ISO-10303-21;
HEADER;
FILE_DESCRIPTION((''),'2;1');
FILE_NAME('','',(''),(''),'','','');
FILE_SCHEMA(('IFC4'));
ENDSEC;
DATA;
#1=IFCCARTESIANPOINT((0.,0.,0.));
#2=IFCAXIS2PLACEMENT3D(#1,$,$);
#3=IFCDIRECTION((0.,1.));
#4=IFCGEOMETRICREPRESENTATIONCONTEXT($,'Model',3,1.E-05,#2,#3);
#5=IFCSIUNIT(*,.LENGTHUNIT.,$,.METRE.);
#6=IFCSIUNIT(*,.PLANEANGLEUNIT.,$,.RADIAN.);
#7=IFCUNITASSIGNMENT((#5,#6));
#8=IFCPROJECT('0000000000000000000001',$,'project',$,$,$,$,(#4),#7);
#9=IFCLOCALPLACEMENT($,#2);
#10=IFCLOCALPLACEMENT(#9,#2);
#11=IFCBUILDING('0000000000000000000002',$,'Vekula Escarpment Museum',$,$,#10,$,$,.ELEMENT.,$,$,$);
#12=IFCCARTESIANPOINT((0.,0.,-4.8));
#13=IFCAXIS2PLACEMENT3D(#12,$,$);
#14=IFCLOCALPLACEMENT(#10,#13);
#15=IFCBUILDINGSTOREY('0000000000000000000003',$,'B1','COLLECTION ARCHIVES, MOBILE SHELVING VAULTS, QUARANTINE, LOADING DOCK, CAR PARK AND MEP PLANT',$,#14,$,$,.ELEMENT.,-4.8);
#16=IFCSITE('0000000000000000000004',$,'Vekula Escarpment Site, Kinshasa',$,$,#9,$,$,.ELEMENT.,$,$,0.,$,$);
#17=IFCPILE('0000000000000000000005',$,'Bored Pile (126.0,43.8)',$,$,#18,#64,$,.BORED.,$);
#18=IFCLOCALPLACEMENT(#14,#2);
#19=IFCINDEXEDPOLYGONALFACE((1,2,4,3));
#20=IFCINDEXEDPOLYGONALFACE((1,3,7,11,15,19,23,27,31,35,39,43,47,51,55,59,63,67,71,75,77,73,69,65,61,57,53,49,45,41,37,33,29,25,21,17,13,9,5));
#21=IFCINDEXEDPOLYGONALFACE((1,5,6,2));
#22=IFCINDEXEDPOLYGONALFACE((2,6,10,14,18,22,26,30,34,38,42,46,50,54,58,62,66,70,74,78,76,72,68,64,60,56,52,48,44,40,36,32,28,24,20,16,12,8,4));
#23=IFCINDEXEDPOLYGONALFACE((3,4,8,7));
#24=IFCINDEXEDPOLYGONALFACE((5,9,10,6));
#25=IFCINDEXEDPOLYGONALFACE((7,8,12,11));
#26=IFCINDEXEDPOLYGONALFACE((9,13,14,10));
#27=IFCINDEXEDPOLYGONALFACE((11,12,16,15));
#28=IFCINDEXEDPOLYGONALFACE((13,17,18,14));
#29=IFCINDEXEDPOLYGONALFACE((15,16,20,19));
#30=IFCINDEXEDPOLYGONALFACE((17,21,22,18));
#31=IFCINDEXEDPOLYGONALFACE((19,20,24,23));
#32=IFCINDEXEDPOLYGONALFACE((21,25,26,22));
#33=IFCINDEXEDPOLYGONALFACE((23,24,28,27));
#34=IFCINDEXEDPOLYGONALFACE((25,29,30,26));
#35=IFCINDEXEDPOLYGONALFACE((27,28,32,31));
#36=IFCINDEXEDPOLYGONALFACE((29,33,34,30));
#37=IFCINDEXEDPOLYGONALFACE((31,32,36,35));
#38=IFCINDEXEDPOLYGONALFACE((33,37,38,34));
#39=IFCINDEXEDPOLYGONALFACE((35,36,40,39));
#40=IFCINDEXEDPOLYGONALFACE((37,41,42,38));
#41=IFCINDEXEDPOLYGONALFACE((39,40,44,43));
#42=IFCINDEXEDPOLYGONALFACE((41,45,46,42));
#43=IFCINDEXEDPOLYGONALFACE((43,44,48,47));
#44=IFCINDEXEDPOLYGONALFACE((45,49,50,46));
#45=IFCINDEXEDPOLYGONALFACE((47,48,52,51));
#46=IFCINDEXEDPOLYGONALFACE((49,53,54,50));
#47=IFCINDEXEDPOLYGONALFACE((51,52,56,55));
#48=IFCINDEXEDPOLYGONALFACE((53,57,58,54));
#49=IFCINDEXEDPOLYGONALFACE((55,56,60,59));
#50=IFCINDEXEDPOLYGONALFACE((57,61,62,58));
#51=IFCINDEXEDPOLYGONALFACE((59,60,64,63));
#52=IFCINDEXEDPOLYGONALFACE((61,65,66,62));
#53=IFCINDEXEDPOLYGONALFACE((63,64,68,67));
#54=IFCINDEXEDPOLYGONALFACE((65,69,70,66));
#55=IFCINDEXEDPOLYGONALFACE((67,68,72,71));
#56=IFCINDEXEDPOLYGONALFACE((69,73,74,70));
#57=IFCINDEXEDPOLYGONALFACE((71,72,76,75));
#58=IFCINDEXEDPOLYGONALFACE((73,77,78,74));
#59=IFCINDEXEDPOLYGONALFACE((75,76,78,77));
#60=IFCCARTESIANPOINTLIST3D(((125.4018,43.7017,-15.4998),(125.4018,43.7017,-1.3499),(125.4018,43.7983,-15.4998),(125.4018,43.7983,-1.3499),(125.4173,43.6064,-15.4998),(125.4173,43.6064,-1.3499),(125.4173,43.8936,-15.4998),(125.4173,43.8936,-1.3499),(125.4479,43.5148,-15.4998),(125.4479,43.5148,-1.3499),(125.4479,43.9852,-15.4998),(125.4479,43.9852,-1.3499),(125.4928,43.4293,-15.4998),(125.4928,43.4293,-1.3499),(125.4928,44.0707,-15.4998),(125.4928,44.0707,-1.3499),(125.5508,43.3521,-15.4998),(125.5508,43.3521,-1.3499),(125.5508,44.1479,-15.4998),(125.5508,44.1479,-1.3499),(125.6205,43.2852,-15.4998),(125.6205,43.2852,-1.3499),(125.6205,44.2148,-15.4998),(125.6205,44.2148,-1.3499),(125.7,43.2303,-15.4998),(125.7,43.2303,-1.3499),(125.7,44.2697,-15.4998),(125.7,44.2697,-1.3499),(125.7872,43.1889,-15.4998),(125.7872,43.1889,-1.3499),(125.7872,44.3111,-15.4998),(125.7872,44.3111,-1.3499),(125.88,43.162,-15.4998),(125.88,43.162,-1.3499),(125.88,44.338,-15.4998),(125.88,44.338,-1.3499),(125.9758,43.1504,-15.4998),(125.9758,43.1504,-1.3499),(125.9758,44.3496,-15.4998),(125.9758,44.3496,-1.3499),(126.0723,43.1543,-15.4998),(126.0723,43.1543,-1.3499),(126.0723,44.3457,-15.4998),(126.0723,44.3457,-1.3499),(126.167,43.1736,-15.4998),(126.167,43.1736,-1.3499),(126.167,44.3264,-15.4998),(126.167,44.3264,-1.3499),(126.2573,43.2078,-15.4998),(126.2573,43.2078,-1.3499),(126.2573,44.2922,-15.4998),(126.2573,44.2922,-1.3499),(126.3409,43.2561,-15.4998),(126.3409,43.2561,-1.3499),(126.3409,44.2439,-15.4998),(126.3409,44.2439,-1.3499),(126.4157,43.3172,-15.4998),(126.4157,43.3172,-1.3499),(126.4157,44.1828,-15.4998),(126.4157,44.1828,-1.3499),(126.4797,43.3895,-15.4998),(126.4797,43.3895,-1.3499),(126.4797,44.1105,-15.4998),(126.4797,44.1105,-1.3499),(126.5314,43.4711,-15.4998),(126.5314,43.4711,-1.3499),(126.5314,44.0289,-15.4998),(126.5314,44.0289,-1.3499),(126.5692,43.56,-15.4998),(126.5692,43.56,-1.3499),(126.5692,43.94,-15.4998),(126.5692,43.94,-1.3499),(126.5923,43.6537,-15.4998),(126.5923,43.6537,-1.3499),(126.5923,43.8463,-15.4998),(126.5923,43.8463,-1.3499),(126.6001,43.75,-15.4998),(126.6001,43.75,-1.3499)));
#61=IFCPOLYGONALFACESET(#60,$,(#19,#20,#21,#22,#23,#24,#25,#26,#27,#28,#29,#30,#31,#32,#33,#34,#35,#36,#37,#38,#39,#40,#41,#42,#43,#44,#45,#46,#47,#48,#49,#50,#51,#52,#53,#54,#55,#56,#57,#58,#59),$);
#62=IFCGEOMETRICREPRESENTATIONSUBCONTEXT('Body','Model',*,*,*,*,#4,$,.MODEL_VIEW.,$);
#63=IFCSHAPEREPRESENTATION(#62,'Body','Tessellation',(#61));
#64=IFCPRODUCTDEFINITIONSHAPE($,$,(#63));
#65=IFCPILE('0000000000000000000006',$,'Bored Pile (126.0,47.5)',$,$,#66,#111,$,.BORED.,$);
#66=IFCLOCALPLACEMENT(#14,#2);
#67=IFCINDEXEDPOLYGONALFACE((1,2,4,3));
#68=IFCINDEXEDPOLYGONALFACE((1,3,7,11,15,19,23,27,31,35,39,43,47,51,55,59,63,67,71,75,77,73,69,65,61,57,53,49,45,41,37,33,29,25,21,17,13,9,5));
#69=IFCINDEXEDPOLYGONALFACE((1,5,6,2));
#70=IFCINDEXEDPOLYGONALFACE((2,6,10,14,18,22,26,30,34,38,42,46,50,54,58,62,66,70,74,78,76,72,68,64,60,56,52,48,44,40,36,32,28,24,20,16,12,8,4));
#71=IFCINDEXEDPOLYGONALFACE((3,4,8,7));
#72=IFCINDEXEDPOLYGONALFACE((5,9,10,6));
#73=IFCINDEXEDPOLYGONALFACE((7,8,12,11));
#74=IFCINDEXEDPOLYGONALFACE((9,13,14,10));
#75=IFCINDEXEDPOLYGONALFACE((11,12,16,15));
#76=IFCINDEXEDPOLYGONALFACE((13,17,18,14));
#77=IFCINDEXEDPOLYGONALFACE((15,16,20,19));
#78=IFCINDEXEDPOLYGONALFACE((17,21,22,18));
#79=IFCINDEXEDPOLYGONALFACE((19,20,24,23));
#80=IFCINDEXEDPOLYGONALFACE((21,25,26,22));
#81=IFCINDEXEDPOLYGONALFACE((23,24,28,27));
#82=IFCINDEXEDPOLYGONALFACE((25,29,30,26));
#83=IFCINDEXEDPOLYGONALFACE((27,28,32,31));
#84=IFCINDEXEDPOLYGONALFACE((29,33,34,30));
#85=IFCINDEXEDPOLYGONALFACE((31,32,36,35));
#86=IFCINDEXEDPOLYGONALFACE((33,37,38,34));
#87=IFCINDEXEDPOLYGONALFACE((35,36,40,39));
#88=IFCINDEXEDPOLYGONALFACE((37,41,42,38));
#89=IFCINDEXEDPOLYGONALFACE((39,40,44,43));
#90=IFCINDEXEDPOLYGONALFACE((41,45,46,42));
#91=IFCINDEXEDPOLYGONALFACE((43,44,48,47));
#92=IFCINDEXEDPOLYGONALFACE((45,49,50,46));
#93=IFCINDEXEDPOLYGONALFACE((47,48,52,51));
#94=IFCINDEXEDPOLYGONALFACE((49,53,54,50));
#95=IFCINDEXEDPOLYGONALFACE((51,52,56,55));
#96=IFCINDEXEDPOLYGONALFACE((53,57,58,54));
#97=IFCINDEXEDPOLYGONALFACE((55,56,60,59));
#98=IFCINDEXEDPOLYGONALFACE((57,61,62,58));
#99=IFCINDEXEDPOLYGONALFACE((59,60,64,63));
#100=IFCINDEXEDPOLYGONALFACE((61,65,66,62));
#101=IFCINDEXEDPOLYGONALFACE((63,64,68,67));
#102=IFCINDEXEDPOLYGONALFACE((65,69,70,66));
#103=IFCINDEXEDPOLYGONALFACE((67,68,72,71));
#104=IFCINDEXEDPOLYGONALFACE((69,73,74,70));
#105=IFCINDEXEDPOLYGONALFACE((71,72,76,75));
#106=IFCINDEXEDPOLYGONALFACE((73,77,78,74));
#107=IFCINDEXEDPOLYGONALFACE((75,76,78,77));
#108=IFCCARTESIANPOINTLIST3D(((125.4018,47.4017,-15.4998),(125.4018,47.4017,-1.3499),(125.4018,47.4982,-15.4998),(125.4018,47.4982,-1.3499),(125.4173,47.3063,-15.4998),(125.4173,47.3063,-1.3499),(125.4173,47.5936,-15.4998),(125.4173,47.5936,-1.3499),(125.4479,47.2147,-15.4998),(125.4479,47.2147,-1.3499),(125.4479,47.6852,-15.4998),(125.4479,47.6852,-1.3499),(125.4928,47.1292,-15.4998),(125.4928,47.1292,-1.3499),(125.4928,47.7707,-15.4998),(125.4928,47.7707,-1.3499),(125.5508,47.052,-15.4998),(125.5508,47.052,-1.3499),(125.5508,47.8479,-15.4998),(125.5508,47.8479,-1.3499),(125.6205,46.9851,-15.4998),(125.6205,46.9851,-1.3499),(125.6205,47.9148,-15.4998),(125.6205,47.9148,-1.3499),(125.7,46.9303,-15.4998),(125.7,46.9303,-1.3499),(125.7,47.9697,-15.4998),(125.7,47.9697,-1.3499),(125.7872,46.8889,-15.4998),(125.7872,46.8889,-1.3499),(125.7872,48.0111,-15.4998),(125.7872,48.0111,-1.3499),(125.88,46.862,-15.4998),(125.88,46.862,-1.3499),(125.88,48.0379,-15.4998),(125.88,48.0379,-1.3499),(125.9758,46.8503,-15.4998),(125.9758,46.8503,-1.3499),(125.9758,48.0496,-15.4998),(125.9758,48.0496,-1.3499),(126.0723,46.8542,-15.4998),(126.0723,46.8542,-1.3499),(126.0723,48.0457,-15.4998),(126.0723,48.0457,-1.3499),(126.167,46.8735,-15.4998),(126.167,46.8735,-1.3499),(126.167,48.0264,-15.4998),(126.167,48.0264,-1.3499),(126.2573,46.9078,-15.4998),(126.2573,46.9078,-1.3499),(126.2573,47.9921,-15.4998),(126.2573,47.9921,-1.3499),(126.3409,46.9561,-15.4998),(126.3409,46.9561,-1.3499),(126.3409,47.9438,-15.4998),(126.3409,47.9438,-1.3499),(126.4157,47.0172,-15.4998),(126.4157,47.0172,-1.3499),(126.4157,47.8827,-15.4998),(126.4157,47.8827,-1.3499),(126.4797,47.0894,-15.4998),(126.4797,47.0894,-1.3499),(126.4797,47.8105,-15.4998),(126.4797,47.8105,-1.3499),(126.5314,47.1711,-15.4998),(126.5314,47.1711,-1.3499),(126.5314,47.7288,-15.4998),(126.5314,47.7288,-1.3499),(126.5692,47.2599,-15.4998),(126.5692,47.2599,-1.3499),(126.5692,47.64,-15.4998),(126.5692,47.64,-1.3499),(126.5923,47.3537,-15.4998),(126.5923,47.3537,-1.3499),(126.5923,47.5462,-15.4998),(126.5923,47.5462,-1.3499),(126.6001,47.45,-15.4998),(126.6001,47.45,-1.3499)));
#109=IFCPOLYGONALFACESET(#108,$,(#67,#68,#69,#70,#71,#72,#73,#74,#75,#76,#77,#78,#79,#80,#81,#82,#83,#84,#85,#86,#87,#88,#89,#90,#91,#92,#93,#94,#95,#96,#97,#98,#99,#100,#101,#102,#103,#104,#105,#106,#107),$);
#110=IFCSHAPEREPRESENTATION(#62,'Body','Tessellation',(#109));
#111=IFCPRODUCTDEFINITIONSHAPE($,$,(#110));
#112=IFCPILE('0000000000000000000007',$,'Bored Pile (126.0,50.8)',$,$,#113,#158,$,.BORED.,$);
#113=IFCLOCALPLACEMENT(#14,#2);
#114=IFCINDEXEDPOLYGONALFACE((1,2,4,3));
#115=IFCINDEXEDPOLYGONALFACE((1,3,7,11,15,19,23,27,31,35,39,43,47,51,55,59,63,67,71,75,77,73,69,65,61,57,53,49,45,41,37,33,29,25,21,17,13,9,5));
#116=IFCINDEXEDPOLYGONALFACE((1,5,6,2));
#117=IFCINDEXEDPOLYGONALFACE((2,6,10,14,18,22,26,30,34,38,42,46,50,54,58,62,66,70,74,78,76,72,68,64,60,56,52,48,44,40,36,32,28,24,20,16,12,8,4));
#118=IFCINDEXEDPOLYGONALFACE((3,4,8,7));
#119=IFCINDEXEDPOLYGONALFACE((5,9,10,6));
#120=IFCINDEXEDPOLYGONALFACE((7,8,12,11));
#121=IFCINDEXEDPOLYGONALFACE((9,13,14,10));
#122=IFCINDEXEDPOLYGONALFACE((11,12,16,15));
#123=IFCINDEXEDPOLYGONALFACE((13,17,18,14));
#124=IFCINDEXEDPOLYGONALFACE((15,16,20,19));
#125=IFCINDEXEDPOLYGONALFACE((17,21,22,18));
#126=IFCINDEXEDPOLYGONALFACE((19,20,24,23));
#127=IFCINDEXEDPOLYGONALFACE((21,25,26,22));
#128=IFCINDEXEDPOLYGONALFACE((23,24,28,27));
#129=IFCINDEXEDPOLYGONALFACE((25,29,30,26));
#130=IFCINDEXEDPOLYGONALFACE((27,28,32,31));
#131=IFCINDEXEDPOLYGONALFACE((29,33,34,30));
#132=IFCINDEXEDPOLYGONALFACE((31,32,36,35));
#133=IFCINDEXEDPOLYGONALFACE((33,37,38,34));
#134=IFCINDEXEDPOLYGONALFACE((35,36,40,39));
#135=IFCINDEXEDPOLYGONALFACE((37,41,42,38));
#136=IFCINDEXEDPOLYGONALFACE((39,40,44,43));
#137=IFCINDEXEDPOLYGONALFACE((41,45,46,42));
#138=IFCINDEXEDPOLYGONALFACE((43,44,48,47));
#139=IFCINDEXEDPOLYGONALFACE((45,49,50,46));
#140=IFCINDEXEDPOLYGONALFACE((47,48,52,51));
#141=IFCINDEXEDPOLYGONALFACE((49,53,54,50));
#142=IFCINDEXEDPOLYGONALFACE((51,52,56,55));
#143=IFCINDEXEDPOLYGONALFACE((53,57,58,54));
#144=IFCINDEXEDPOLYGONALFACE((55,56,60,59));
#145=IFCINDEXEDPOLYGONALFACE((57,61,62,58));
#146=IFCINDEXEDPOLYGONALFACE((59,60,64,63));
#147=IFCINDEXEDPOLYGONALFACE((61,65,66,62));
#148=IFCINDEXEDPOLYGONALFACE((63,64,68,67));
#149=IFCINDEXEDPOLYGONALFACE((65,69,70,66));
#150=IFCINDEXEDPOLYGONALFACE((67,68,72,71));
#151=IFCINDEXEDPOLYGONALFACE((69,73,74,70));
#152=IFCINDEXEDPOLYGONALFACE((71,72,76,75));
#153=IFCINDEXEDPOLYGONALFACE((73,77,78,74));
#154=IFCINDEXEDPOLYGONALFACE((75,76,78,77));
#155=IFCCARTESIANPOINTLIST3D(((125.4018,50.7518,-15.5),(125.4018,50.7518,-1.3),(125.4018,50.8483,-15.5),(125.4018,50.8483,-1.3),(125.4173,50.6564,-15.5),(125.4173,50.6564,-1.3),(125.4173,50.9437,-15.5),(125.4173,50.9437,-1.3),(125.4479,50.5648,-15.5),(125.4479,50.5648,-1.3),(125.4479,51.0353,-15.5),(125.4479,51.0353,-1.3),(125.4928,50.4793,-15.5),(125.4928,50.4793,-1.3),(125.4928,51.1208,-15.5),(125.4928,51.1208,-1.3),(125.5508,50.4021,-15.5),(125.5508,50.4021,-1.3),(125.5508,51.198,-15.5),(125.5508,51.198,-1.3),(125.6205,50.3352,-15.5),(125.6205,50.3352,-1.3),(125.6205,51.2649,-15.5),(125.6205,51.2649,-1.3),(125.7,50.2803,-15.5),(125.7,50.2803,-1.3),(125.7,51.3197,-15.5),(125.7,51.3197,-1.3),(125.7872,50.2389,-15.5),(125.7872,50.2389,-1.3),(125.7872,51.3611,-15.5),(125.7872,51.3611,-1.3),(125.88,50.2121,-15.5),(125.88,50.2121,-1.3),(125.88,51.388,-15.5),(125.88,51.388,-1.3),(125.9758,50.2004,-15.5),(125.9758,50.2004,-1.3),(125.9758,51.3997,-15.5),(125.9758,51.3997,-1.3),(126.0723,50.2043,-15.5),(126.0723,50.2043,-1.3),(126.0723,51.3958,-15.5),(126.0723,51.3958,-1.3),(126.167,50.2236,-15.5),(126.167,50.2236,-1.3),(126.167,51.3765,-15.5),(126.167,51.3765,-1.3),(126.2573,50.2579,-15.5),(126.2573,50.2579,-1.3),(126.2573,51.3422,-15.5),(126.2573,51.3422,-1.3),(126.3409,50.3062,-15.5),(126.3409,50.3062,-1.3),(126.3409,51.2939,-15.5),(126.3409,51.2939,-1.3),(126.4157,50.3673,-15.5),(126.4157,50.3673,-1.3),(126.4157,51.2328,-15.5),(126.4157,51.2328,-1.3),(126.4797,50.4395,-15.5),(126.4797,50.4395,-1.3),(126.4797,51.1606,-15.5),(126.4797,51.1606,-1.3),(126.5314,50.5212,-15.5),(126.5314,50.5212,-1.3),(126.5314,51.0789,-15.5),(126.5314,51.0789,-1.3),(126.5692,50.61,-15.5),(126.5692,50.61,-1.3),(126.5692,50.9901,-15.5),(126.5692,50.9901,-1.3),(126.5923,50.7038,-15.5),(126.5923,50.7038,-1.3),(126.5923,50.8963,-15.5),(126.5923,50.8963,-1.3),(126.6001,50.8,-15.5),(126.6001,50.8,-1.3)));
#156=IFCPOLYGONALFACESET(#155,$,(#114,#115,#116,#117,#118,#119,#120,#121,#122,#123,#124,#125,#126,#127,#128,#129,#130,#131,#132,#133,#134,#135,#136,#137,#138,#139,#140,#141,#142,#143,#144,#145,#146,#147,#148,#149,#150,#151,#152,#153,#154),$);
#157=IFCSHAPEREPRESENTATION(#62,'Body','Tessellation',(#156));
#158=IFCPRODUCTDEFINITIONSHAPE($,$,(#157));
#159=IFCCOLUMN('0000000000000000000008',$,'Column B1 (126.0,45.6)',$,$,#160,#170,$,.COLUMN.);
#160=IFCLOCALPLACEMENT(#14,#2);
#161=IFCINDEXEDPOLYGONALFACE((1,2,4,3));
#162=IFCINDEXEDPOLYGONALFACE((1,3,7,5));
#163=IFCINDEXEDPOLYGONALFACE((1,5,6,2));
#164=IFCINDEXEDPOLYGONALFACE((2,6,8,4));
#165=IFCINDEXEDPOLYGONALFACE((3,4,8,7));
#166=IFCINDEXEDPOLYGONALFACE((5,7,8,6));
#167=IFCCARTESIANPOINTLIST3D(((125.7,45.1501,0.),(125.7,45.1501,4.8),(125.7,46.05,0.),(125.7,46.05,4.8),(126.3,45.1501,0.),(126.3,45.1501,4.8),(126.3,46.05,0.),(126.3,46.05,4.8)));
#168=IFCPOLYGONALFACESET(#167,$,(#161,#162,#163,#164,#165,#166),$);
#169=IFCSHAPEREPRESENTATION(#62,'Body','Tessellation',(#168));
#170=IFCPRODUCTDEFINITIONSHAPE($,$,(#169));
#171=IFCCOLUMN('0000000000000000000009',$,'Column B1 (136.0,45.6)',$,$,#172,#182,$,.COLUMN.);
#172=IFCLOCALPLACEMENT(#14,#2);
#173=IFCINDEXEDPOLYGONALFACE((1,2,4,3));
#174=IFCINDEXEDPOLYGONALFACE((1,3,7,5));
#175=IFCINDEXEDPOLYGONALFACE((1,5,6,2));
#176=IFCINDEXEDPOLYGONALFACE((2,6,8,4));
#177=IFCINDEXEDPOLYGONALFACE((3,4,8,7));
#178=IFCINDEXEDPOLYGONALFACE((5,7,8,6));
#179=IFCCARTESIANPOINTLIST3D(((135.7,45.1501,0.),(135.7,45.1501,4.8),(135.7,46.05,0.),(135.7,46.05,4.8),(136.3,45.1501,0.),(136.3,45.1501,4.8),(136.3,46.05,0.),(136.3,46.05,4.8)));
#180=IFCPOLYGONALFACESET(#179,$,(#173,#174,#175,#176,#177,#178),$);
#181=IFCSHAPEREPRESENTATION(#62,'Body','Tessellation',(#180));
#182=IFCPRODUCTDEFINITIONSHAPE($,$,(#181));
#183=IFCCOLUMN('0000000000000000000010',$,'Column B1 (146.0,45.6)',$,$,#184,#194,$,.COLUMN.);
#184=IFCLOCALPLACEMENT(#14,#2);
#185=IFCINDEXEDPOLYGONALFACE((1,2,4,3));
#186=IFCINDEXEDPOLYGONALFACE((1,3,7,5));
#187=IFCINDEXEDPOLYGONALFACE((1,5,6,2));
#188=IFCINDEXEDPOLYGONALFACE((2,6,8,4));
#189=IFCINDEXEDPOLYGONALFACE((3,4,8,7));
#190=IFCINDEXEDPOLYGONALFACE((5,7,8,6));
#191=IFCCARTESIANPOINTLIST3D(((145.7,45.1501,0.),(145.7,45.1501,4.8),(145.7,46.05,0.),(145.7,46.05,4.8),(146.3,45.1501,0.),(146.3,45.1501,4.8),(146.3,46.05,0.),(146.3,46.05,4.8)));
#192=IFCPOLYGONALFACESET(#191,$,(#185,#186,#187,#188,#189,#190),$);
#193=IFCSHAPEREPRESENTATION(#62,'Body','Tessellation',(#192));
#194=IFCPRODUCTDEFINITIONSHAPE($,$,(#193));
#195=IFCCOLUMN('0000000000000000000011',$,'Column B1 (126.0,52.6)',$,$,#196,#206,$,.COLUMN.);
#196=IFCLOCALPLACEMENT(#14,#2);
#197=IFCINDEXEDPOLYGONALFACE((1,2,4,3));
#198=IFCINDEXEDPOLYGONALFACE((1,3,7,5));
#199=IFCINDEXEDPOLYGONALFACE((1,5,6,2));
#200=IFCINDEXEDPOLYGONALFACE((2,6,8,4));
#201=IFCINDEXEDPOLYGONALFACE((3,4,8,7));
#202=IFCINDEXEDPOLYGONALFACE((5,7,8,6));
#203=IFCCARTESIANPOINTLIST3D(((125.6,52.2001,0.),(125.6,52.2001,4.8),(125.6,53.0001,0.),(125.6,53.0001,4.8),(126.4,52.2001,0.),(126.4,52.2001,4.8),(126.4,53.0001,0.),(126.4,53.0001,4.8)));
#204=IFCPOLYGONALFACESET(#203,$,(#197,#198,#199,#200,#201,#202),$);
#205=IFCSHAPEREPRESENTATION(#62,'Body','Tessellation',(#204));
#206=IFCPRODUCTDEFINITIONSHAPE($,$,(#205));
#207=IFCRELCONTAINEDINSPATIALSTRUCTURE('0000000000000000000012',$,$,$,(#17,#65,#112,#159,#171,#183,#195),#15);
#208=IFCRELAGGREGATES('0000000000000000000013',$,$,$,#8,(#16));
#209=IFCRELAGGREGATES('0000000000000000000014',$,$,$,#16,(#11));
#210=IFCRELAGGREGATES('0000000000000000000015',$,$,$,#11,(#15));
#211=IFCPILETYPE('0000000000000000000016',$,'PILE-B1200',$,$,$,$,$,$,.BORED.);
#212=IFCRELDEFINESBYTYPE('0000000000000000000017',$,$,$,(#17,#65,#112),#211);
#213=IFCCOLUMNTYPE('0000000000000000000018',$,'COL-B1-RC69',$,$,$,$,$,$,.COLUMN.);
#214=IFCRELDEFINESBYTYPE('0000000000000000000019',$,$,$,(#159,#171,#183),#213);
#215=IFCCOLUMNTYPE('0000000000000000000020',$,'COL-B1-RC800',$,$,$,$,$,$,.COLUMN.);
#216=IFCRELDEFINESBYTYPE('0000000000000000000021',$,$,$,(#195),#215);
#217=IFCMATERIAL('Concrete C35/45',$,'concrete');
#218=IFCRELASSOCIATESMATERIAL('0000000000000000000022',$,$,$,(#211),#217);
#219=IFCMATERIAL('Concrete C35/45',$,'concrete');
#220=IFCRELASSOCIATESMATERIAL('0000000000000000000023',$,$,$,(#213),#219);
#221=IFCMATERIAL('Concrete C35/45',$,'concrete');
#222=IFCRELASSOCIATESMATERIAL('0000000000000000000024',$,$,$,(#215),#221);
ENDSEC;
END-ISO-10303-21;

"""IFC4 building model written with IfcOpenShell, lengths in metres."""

from ifc_helpers import new_model, si_unit, direction, frame, origin, origin_2d, place, context, subcontext, project, spatial, rectangle, circle, extrude, material, material_profile, profile_set, type_object, element, save


model = new_model("IFC4")

# Units and contexts
model_context = context("Model", 3, precision=1e-05, world=origin(), true_north=direction((0.0, 1.0)))
body_context = subcontext(model_context, "Body", "Model", "MODEL_VIEW")
ifc_project = project(units=[si_unit("LENGTHUNIT", "METRE"), si_unit("PLANEANGLEUNIT", "RADIAN")], contexts=[model_context])

# Site, building, storey
site_placement = place(None, origin())
site = spatial("IfcSite", under=ifc_project, at=site_placement, Name="Vekula Escarpment Site, Kinshasa", CompositionType="ELEMENT", RefElevation=0.0)
building_placement = place(site_placement, origin())
building = spatial("IfcBuilding", under=site, at=building_placement, Name="Vekula Escarpment Museum", CompositionType="ELEMENT")
storey_placement = place(building_placement, frame((0.0, 0.0, -4.8)))
storey = spatial("IfcBuildingStorey", under=building, at=storey_placement, Name="B1", Description="COLLECTION ARCHIVES, MOBILE SHELVING VAULTS, QUARANTINE, LOADING DOCK, CAR PARK AND MEP PLANT", CompositionType="ELEMENT", Elevation=-4.8)

# Piles
ifc_material_1 = material(Name="Concrete C35/45", Category="concrete")
ifc_material_profile_1 = material_profile(ifc_material_1, circle(Radius=0.6001, at=origin_2d()), Name="BORED PILE 1200")
ifc_profile_set_1 = profile_set([ifc_material_profile_1], Name="Concrete C35/45")
pile_type = type_object("IfcPileType", Name="PILE-B1200", PredefinedType="BORED", material=ifc_profile_set_1)
for number, where, z_axis, x_axis, name in (
    (1, (126.0, 43.75, -1.3499), (0.0, 0.0, -1.0), (1.0, 0.0, 0.0), "Bored Pile (126.0,43.8)"),
    (2, (126.0, 47.45, -1.3499), (0.0, 0.0, -1.0), (1.0, 0.0, 0.0), "Bored Pile (126.0,47.5)"),
):
    element("IfcPile", number, at=place(storey_placement, frame(where, z_axis=z_axis, x_axis=x_axis)), inside=storey, type_object=pile_type, Name=name, PredefinedType="BORED", context=body_context, shape_type="SweptSolid", body=[
        extrude(circle(Radius=0.6001, at=origin_2d()), origin(), (0.0, 0.0, 1.0), 14.1499),
    ])
pile_placement = place(storey_placement, frame((126.0, 50.8, -1.3), z_axis=(0.0, 0.0, -1.0), x_axis=(1.0, 0.0, 0.0)))
element("IfcPile", 3, at=pile_placement, inside=storey, type_object=pile_type, Name="Bored Pile (126.0,50.8)", PredefinedType="BORED", context=body_context, shape_type="SweptSolid", body=[
    extrude(circle(Radius=0.6001, at=origin_2d()), origin(), (0.0, 0.0, 1.0), 14.2),
])

# Columns
ifc_material_2 = material(Name="Concrete C35/45", Category="concrete")
ifc_material_profile_2 = material_profile(ifc_material_2, rectangle(XDim=0.6001, YDim=0.8999, at=origin_2d()), Name="RC 600x900")
ifc_profile_set_2 = profile_set([ifc_material_profile_2], Name="Concrete C35/45")
column_type_1 = type_object("IfcColumnType", Name="COL-B1-RC69", PredefinedType="COLUMN", material=ifc_profile_set_2)
for number, where, z_axis, x_axis, name in (
    (4, (126.0, 45.6001, 0.0), (0.0, 0.0, 1.0), (1.0, 0.0, 0.0), "Column B1 (126.0,45.6)"),
    (5, (136.0, 45.6001, 0.0), (0.0, 0.0, 1.0), (1.0, 0.0, 0.0), "Column B1 (136.0,45.6)"),
    (6, (146.0, 45.6001, 0.0), (0.0, 0.0, 1.0), (1.0, 0.0, 0.0), "Column B1 (146.0,45.6)"),
):
    element("IfcColumn", number, at=place(storey_placement, frame(where, z_axis=z_axis, x_axis=x_axis)), inside=storey, type_object=column_type_1, Name=name, PredefinedType="COLUMN", context=body_context, shape_type="SweptSolid", body=[
        extrude(rectangle(XDim=0.6001, YDim=0.8999, at=origin_2d()), origin(), (0.0, 0.0, 1.0), 4.8),
    ])
ifc_material_3 = material(Name="Concrete C35/45", Category="concrete")
ifc_material_profile_3 = material_profile(ifc_material_3, rectangle(XDim=0.8, YDim=0.8, at=origin_2d()), Name="RC 800x800")
ifc_profile_set_3 = profile_set([ifc_material_profile_3], Name="Concrete C35/45")
column_type_2 = type_object("IfcColumnType", Name="COL-B1-RC800", PredefinedType="COLUMN", material=ifc_profile_set_3)
for number, where, z_axis, x_axis, name in (
    (7, (126.0, 52.6001, 0.0), (0.0, 0.0, 1.0), (1.0, 0.0, 0.0), "Column B1 (126.0,52.6)"),
):
    element("IfcColumn", number, at=place(storey_placement, frame(where, z_axis=z_axis, x_axis=x_axis)), inside=storey, type_object=column_type_2, Name=name, PredefinedType="COLUMN", context=body_context, shape_type="SweptSolid", body=[
        extrude(rectangle(XDim=0.8, YDim=0.8, at=origin_2d()), origin(), (0.0, 0.0, 1.0), 4.8),
    ])

save(model, "model.ifc")
